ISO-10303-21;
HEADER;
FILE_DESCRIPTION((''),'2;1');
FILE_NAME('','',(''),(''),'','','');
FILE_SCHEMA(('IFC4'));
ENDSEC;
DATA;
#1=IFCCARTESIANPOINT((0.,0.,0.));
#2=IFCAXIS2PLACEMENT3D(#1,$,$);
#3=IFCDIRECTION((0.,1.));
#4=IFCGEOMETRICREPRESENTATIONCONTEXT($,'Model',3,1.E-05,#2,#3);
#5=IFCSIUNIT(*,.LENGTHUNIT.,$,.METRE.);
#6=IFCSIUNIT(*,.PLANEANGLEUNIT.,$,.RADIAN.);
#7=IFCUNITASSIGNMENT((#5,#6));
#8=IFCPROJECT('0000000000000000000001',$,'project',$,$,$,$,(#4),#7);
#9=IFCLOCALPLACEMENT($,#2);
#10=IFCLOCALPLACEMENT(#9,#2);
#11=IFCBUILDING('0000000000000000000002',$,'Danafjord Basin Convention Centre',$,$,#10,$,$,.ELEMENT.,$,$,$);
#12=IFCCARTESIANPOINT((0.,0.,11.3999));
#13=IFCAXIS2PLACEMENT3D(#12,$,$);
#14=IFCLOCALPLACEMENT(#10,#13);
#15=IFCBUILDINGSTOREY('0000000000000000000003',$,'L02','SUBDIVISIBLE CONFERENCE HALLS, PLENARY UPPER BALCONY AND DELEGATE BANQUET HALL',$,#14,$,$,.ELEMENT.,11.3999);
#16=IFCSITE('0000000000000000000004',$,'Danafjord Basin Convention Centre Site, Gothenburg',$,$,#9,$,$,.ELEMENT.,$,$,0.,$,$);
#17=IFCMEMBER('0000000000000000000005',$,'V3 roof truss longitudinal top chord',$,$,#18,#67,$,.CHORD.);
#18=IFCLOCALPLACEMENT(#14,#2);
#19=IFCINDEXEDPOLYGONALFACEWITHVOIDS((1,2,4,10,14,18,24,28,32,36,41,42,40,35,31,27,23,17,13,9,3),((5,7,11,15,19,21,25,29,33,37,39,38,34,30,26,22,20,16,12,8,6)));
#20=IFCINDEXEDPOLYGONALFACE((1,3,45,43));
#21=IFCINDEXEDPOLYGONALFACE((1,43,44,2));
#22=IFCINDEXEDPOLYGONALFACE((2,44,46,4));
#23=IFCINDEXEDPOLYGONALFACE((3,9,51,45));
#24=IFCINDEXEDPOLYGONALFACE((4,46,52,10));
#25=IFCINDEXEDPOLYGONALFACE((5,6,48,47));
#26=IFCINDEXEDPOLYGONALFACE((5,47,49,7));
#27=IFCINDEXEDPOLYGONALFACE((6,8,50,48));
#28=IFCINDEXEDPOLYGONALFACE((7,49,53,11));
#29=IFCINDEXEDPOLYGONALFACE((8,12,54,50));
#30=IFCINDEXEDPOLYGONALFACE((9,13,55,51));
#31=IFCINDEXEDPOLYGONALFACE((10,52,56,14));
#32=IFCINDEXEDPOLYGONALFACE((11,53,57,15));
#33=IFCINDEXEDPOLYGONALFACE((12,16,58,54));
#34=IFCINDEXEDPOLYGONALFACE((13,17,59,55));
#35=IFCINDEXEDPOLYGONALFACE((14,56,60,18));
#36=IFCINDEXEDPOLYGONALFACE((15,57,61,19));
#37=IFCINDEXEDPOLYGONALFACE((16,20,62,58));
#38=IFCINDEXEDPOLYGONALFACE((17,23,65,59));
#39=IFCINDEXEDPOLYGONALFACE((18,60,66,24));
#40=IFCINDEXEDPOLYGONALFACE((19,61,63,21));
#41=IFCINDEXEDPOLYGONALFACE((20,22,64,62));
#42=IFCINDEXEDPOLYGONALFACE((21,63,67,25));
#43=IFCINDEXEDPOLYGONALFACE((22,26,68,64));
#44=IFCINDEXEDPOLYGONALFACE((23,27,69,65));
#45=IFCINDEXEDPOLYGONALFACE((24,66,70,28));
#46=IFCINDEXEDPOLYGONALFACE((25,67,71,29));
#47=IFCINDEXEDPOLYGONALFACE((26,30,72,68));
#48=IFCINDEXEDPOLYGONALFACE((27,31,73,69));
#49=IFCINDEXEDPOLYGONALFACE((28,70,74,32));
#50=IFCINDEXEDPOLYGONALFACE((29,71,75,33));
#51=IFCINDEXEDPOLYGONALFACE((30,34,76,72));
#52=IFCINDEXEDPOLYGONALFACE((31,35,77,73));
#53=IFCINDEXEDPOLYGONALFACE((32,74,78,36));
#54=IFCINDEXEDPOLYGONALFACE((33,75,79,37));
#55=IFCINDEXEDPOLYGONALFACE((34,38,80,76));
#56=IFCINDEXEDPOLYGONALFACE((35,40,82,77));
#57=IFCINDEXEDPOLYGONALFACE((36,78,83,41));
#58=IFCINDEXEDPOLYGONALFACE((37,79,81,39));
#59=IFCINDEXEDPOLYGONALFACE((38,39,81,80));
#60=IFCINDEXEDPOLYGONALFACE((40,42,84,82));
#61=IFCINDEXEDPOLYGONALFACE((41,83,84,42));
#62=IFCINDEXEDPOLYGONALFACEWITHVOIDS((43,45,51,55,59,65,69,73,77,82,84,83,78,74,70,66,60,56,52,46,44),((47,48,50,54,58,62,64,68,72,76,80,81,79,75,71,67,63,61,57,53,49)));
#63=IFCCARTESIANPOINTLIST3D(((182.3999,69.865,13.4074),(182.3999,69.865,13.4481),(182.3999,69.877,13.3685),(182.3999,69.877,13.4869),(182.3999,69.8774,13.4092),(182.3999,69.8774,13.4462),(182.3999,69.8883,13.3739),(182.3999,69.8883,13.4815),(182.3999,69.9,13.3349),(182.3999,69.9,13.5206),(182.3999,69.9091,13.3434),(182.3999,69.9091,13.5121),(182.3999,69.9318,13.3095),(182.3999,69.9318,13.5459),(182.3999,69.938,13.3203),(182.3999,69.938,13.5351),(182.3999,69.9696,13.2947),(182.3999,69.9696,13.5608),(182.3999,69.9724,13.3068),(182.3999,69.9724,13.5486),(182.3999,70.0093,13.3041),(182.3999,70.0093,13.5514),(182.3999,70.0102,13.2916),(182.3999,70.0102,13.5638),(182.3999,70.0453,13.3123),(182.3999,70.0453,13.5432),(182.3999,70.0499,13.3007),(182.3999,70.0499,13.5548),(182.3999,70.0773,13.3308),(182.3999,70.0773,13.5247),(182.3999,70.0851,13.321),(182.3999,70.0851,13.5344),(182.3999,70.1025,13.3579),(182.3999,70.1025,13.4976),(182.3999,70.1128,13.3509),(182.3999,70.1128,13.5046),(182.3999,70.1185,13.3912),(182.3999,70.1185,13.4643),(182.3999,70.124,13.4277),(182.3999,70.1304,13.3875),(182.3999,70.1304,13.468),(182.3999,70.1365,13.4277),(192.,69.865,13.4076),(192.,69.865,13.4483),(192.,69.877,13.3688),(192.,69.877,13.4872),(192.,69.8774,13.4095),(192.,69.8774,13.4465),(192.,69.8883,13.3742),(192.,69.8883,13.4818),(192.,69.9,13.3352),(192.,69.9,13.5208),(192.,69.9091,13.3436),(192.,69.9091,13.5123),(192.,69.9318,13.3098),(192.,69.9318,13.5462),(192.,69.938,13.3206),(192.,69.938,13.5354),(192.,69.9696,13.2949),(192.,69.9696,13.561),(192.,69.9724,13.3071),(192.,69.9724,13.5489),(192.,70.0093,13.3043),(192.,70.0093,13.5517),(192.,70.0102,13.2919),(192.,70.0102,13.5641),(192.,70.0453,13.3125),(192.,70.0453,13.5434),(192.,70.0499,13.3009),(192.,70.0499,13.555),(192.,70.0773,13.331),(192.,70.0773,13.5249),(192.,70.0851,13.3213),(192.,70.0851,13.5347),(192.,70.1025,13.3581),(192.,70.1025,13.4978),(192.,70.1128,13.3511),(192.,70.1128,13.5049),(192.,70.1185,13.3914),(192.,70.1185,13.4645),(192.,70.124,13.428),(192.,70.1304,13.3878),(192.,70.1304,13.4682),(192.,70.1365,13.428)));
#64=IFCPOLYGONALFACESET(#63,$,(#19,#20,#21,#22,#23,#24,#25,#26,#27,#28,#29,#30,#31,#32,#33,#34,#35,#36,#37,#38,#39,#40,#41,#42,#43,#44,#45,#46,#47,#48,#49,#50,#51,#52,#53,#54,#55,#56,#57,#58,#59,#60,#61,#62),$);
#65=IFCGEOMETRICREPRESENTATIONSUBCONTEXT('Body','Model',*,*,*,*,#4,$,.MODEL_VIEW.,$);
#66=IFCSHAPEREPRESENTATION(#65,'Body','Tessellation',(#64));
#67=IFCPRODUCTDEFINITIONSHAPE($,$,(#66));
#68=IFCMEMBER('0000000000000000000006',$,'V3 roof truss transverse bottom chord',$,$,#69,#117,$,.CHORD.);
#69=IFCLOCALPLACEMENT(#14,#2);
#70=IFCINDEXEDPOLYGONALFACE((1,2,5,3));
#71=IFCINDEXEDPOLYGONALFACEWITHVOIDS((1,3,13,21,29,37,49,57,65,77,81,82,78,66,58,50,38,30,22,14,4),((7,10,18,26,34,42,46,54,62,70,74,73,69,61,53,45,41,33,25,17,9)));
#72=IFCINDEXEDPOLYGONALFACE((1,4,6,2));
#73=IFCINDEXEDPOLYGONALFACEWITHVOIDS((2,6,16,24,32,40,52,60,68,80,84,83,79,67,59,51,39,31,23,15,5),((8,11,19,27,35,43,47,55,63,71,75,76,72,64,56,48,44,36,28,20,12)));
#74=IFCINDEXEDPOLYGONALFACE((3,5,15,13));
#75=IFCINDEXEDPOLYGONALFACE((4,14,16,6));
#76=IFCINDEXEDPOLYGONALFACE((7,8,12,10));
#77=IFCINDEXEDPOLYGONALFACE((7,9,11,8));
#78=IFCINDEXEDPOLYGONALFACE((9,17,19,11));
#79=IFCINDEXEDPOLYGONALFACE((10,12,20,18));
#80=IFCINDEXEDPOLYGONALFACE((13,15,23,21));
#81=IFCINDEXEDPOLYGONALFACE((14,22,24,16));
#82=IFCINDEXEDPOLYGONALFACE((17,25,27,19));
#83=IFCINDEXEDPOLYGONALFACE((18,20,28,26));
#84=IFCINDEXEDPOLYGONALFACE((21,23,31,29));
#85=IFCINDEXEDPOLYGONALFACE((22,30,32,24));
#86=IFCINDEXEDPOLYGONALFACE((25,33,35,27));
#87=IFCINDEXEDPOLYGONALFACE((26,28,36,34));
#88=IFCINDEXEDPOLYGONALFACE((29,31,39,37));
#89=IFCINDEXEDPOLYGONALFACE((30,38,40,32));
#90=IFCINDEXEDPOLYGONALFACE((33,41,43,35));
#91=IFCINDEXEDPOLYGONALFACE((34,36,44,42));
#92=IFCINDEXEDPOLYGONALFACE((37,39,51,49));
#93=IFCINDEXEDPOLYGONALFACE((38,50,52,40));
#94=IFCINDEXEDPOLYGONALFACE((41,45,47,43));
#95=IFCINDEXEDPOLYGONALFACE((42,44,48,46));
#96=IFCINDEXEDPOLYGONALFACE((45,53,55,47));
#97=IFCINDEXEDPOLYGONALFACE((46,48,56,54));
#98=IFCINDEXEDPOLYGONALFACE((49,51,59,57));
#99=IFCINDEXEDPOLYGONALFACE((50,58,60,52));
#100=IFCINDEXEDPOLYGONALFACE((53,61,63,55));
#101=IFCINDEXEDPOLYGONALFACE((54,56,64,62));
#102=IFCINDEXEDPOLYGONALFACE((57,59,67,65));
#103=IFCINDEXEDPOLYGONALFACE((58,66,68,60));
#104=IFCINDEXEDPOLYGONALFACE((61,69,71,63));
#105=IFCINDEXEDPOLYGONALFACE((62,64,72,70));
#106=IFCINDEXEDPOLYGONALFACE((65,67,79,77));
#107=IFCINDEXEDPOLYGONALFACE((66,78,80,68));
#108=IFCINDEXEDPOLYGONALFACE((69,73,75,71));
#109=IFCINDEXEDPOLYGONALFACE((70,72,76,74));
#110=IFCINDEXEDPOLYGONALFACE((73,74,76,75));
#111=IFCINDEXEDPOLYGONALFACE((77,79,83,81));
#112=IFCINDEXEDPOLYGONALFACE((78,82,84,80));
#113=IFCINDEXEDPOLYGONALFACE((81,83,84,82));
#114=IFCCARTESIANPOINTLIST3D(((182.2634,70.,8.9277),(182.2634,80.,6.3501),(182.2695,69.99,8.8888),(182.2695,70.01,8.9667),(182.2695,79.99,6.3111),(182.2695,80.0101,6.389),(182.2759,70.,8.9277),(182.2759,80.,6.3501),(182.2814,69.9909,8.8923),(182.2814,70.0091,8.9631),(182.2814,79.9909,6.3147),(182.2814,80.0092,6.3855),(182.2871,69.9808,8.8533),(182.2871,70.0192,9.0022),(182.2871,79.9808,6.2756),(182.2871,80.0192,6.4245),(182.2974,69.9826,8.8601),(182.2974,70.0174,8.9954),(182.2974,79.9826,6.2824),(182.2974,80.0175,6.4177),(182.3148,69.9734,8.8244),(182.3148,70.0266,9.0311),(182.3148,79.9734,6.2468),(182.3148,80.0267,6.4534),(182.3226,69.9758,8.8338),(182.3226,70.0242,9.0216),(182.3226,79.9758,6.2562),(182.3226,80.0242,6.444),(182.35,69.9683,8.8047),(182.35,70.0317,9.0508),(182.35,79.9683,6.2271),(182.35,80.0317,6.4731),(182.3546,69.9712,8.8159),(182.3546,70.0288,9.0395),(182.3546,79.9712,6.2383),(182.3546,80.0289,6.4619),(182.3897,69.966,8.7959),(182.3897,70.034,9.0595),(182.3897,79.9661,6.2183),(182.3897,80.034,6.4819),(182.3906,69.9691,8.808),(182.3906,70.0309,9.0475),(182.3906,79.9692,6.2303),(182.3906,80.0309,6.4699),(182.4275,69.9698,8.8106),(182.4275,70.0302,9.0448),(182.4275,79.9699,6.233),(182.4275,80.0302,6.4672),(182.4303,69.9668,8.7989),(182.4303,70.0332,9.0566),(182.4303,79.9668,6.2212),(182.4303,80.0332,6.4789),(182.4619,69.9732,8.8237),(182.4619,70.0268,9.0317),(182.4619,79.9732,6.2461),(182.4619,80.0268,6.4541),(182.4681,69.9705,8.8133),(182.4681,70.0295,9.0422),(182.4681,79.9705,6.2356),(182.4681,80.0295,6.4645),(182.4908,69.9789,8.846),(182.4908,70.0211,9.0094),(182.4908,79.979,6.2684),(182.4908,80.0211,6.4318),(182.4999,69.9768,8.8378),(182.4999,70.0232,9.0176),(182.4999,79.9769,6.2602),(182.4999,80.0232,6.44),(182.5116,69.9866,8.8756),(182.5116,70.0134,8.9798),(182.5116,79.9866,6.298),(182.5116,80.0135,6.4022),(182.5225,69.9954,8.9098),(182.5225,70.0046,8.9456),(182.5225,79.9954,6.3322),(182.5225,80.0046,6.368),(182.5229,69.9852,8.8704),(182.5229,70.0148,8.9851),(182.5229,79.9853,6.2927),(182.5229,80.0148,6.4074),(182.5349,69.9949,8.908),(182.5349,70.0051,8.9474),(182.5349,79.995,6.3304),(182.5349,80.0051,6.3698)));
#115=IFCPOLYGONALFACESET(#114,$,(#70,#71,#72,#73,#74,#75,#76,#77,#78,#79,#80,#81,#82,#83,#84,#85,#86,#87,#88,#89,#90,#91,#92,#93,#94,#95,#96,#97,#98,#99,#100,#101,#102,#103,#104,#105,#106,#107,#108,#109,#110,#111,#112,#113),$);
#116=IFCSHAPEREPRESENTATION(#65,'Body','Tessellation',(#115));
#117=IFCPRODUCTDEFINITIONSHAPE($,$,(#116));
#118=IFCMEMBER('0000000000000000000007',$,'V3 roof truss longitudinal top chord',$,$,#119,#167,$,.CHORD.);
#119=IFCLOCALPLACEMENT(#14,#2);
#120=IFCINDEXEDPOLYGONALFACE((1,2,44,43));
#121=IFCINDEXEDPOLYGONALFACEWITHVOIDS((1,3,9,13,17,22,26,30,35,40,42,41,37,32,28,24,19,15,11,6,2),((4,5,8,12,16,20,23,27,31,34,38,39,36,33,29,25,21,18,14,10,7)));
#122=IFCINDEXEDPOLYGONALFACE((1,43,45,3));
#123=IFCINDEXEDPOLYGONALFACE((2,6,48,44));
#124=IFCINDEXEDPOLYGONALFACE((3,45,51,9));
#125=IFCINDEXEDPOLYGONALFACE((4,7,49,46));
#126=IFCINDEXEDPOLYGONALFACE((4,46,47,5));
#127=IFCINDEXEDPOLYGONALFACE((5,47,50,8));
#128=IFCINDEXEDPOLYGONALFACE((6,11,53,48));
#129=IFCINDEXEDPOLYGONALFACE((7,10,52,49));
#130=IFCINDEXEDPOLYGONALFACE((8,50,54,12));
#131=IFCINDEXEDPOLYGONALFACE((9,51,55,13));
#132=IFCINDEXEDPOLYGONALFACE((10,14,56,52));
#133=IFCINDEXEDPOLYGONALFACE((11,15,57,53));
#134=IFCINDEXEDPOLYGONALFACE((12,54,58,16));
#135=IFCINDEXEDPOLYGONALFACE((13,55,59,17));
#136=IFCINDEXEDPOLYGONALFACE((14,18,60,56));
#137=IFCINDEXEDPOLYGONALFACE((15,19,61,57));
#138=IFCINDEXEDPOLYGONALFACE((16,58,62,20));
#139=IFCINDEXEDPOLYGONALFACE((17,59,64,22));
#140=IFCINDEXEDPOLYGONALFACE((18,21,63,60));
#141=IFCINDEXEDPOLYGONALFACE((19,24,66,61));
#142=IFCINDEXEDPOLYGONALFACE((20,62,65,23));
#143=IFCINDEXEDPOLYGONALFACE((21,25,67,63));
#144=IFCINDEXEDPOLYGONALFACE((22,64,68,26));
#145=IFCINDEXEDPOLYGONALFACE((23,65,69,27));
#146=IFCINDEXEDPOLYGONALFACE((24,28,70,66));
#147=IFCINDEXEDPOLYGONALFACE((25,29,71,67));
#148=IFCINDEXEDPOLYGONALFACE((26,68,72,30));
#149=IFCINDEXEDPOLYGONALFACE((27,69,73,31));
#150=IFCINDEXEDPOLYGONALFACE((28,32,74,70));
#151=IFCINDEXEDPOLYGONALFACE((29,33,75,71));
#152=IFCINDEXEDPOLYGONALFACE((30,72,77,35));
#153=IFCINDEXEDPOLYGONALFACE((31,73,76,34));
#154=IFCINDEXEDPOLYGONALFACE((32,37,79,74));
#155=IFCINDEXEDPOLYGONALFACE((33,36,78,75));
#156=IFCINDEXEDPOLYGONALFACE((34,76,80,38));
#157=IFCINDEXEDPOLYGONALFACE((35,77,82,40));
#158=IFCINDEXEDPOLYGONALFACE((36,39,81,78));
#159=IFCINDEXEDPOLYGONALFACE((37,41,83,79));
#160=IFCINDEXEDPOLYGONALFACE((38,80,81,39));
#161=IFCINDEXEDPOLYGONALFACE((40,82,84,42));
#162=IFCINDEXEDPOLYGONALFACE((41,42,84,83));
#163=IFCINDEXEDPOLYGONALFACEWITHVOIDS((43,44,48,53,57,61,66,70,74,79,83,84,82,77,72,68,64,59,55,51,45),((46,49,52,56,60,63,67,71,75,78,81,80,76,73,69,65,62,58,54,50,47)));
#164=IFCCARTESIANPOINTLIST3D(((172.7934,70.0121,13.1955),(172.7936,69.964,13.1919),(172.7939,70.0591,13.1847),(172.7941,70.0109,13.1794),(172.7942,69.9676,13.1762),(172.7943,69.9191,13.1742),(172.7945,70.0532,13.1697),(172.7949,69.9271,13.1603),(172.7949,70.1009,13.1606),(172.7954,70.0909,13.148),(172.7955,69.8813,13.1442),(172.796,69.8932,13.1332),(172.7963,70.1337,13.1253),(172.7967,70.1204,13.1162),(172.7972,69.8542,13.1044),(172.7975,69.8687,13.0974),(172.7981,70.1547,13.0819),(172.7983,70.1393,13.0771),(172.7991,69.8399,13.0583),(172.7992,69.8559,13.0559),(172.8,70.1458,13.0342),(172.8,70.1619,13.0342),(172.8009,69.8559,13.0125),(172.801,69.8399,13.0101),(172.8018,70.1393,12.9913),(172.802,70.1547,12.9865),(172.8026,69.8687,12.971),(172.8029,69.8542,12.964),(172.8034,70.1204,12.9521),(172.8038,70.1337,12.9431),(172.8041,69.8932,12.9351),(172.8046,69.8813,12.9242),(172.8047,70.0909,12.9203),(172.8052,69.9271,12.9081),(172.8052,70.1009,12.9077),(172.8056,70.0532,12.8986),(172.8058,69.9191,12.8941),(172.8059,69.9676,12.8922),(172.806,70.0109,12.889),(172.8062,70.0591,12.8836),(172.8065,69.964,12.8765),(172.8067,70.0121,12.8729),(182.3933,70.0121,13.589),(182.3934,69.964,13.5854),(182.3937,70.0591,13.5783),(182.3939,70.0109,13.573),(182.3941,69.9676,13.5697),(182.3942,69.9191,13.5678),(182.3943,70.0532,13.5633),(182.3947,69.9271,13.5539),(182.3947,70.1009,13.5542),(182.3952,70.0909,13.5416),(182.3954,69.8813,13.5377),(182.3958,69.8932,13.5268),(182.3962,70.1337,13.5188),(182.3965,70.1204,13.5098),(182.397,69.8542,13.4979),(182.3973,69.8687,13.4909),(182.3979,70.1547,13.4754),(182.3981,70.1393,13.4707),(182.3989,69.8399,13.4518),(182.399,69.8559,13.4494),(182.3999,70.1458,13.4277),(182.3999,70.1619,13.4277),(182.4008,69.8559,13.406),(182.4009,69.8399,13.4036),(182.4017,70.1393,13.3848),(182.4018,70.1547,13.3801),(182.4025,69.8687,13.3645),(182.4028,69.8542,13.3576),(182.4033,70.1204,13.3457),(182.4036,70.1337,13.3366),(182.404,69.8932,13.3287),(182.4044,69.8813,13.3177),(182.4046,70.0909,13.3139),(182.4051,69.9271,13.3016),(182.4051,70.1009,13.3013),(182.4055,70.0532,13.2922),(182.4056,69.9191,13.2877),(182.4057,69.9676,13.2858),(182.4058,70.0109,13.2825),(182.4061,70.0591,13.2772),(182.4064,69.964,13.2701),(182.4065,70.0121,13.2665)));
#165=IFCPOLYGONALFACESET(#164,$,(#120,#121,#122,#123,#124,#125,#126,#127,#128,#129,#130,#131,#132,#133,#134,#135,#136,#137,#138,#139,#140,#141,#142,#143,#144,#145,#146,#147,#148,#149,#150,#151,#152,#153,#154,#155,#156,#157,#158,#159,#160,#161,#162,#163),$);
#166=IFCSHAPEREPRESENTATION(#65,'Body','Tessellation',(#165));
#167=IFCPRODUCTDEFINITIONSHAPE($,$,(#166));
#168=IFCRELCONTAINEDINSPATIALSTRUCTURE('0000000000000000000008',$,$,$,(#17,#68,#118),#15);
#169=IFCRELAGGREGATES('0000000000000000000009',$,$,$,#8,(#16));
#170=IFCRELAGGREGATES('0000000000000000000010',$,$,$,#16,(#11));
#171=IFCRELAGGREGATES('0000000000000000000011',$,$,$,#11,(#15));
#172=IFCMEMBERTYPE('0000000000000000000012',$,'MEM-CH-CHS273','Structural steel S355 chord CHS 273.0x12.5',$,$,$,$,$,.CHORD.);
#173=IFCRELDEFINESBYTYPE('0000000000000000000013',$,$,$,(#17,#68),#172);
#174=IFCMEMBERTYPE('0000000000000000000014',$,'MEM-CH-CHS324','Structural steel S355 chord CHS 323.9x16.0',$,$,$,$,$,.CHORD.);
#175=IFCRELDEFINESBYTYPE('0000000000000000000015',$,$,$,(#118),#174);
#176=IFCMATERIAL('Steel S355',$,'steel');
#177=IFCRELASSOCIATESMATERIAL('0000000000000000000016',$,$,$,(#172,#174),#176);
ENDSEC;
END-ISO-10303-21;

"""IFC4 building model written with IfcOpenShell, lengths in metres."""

from ifc_helpers import new_model, si_unit, direction, frame, origin, origin_2d, place, context, subcontext, project, spatial, hollow_circle, extrude, material, material_profile, profile_set, type_object, element, save


model = new_model("IFC4")

# Units and contexts
model_context = context("Model", 3, precision=1e-05, world=origin(), true_north=direction((0.0, 1.0)))
body_context = subcontext(model_context, "Body", "Model", "MODEL_VIEW")
ifc_project = project(units=[si_unit("LENGTHUNIT", "METRE"), si_unit("PLANEANGLEUNIT", "RADIAN")], contexts=[model_context])

# Site, building, storey
site_placement = place(None, origin())
site = spatial("IfcSite", under=ifc_project, at=site_placement, Name="Danafjord Basin Convention Centre Site, Gothenburg", CompositionType="ELEMENT", RefElevation=0.0)
building_placement = place(site_placement, origin())
building = spatial("IfcBuilding", under=site, at=building_placement, Name="Danafjord Basin Convention Centre", CompositionType="ELEMENT")
storey_placement = place(building_placement, frame((0.0, 0.0, 11.3999)))
storey = spatial("IfcBuildingStorey", under=building, at=storey_placement, Name="L02", Description="SUBDIVISIBLE CONFERENCE HALLS, PLENARY UPPER BALCONY AND DELEGATE BANQUET HALL", CompositionType="ELEMENT", Elevation=11.3999)

# Members
ifc_material = material(Name="Steel S355", Category="steel")
ifc_material_profile_1 = material_profile(ifc_material, hollow_circle(Radius=0.1365, WallThickness=0.0125, at=origin_2d()), Name="CHS 273.0x12.5")
ifc_profile_set_1 = profile_set([ifc_material_profile_1], Name="Steel S355")
member_type_1 = type_object("IfcMemberType", Name="MEM-CH-CHS273", Description="Structural steel S355 chord CHS 273.0x12.5", PredefinedType="CHORD", material=ifc_profile_set_1)
member_1_placement = place(storey_placement, frame((182.3999, 70.0, 13.4277), z_axis=(1.0, 0.0, 0.000025), x_axis=(0.0, 1.0, 0.0)))
element("IfcMember", 1, at=member_1_placement, inside=storey, type_object=member_type_1, Name="V3 roof truss longitudinal top chord", PredefinedType="CHORD", context=body_context, shape_type="SweptSolid", body=[
    extrude(hollow_circle(Radius=0.1365, WallThickness=0.0125, at=origin_2d()), origin(), (0.0, 0.0, 1.0), 9.6001),
])
member_2_placement = place(storey_placement, frame((182.3999, 70.0, 8.9277), z_axis=(0.0, 0.968348, -0.249605), x_axis=(-1.0, 0.0, 0.0)))
element("IfcMember", 2, at=member_2_placement, inside=storey, type_object=member_type_1, Name="V3 roof truss transverse bottom chord", PredefinedType="CHORD", context=body_context, shape_type="SweptSolid", body=[
    extrude(hollow_circle(Radius=0.1365, WallThickness=0.0125, at=origin_2d()), origin(), (0.0, 0.0, 1.0), 10.3269),
])
ifc_material_profile_2 = material_profile(ifc_material, hollow_circle(Radius=0.1619, WallThickness=0.0161, at=origin_2d()), Name="CHS 323.9x16.0")
ifc_profile_set_2 = profile_set([ifc_material_profile_2], Name="Steel S355")
member_type_2 = type_object("IfcMemberType", Name="MEM-CH-CHS324", Description="Structural steel S355 chord CHS 323.9x16.0", PredefinedType="CHORD", material=ifc_profile_set_2)
member_3_placement = place(storey_placement, frame((172.8, 70.0, 13.0342), z_axis=(0.999161, 0.0, 0.040961), x_axis=(0.0, 1.0, 0.0)))
element("IfcMember", 3, at=member_3_placement, inside=storey, type_object=member_type_2, Name="V3 roof truss longitudinal top chord", PredefinedType="CHORD", context=body_context, shape_type="SweptSolid", body=[
    extrude(hollow_circle(Radius=0.1619, WallThickness=0.0161, at=origin_2d()), origin(), (0.0, 0.0, 1.0), 9.6079),
])

save(model, "model.ifc")
